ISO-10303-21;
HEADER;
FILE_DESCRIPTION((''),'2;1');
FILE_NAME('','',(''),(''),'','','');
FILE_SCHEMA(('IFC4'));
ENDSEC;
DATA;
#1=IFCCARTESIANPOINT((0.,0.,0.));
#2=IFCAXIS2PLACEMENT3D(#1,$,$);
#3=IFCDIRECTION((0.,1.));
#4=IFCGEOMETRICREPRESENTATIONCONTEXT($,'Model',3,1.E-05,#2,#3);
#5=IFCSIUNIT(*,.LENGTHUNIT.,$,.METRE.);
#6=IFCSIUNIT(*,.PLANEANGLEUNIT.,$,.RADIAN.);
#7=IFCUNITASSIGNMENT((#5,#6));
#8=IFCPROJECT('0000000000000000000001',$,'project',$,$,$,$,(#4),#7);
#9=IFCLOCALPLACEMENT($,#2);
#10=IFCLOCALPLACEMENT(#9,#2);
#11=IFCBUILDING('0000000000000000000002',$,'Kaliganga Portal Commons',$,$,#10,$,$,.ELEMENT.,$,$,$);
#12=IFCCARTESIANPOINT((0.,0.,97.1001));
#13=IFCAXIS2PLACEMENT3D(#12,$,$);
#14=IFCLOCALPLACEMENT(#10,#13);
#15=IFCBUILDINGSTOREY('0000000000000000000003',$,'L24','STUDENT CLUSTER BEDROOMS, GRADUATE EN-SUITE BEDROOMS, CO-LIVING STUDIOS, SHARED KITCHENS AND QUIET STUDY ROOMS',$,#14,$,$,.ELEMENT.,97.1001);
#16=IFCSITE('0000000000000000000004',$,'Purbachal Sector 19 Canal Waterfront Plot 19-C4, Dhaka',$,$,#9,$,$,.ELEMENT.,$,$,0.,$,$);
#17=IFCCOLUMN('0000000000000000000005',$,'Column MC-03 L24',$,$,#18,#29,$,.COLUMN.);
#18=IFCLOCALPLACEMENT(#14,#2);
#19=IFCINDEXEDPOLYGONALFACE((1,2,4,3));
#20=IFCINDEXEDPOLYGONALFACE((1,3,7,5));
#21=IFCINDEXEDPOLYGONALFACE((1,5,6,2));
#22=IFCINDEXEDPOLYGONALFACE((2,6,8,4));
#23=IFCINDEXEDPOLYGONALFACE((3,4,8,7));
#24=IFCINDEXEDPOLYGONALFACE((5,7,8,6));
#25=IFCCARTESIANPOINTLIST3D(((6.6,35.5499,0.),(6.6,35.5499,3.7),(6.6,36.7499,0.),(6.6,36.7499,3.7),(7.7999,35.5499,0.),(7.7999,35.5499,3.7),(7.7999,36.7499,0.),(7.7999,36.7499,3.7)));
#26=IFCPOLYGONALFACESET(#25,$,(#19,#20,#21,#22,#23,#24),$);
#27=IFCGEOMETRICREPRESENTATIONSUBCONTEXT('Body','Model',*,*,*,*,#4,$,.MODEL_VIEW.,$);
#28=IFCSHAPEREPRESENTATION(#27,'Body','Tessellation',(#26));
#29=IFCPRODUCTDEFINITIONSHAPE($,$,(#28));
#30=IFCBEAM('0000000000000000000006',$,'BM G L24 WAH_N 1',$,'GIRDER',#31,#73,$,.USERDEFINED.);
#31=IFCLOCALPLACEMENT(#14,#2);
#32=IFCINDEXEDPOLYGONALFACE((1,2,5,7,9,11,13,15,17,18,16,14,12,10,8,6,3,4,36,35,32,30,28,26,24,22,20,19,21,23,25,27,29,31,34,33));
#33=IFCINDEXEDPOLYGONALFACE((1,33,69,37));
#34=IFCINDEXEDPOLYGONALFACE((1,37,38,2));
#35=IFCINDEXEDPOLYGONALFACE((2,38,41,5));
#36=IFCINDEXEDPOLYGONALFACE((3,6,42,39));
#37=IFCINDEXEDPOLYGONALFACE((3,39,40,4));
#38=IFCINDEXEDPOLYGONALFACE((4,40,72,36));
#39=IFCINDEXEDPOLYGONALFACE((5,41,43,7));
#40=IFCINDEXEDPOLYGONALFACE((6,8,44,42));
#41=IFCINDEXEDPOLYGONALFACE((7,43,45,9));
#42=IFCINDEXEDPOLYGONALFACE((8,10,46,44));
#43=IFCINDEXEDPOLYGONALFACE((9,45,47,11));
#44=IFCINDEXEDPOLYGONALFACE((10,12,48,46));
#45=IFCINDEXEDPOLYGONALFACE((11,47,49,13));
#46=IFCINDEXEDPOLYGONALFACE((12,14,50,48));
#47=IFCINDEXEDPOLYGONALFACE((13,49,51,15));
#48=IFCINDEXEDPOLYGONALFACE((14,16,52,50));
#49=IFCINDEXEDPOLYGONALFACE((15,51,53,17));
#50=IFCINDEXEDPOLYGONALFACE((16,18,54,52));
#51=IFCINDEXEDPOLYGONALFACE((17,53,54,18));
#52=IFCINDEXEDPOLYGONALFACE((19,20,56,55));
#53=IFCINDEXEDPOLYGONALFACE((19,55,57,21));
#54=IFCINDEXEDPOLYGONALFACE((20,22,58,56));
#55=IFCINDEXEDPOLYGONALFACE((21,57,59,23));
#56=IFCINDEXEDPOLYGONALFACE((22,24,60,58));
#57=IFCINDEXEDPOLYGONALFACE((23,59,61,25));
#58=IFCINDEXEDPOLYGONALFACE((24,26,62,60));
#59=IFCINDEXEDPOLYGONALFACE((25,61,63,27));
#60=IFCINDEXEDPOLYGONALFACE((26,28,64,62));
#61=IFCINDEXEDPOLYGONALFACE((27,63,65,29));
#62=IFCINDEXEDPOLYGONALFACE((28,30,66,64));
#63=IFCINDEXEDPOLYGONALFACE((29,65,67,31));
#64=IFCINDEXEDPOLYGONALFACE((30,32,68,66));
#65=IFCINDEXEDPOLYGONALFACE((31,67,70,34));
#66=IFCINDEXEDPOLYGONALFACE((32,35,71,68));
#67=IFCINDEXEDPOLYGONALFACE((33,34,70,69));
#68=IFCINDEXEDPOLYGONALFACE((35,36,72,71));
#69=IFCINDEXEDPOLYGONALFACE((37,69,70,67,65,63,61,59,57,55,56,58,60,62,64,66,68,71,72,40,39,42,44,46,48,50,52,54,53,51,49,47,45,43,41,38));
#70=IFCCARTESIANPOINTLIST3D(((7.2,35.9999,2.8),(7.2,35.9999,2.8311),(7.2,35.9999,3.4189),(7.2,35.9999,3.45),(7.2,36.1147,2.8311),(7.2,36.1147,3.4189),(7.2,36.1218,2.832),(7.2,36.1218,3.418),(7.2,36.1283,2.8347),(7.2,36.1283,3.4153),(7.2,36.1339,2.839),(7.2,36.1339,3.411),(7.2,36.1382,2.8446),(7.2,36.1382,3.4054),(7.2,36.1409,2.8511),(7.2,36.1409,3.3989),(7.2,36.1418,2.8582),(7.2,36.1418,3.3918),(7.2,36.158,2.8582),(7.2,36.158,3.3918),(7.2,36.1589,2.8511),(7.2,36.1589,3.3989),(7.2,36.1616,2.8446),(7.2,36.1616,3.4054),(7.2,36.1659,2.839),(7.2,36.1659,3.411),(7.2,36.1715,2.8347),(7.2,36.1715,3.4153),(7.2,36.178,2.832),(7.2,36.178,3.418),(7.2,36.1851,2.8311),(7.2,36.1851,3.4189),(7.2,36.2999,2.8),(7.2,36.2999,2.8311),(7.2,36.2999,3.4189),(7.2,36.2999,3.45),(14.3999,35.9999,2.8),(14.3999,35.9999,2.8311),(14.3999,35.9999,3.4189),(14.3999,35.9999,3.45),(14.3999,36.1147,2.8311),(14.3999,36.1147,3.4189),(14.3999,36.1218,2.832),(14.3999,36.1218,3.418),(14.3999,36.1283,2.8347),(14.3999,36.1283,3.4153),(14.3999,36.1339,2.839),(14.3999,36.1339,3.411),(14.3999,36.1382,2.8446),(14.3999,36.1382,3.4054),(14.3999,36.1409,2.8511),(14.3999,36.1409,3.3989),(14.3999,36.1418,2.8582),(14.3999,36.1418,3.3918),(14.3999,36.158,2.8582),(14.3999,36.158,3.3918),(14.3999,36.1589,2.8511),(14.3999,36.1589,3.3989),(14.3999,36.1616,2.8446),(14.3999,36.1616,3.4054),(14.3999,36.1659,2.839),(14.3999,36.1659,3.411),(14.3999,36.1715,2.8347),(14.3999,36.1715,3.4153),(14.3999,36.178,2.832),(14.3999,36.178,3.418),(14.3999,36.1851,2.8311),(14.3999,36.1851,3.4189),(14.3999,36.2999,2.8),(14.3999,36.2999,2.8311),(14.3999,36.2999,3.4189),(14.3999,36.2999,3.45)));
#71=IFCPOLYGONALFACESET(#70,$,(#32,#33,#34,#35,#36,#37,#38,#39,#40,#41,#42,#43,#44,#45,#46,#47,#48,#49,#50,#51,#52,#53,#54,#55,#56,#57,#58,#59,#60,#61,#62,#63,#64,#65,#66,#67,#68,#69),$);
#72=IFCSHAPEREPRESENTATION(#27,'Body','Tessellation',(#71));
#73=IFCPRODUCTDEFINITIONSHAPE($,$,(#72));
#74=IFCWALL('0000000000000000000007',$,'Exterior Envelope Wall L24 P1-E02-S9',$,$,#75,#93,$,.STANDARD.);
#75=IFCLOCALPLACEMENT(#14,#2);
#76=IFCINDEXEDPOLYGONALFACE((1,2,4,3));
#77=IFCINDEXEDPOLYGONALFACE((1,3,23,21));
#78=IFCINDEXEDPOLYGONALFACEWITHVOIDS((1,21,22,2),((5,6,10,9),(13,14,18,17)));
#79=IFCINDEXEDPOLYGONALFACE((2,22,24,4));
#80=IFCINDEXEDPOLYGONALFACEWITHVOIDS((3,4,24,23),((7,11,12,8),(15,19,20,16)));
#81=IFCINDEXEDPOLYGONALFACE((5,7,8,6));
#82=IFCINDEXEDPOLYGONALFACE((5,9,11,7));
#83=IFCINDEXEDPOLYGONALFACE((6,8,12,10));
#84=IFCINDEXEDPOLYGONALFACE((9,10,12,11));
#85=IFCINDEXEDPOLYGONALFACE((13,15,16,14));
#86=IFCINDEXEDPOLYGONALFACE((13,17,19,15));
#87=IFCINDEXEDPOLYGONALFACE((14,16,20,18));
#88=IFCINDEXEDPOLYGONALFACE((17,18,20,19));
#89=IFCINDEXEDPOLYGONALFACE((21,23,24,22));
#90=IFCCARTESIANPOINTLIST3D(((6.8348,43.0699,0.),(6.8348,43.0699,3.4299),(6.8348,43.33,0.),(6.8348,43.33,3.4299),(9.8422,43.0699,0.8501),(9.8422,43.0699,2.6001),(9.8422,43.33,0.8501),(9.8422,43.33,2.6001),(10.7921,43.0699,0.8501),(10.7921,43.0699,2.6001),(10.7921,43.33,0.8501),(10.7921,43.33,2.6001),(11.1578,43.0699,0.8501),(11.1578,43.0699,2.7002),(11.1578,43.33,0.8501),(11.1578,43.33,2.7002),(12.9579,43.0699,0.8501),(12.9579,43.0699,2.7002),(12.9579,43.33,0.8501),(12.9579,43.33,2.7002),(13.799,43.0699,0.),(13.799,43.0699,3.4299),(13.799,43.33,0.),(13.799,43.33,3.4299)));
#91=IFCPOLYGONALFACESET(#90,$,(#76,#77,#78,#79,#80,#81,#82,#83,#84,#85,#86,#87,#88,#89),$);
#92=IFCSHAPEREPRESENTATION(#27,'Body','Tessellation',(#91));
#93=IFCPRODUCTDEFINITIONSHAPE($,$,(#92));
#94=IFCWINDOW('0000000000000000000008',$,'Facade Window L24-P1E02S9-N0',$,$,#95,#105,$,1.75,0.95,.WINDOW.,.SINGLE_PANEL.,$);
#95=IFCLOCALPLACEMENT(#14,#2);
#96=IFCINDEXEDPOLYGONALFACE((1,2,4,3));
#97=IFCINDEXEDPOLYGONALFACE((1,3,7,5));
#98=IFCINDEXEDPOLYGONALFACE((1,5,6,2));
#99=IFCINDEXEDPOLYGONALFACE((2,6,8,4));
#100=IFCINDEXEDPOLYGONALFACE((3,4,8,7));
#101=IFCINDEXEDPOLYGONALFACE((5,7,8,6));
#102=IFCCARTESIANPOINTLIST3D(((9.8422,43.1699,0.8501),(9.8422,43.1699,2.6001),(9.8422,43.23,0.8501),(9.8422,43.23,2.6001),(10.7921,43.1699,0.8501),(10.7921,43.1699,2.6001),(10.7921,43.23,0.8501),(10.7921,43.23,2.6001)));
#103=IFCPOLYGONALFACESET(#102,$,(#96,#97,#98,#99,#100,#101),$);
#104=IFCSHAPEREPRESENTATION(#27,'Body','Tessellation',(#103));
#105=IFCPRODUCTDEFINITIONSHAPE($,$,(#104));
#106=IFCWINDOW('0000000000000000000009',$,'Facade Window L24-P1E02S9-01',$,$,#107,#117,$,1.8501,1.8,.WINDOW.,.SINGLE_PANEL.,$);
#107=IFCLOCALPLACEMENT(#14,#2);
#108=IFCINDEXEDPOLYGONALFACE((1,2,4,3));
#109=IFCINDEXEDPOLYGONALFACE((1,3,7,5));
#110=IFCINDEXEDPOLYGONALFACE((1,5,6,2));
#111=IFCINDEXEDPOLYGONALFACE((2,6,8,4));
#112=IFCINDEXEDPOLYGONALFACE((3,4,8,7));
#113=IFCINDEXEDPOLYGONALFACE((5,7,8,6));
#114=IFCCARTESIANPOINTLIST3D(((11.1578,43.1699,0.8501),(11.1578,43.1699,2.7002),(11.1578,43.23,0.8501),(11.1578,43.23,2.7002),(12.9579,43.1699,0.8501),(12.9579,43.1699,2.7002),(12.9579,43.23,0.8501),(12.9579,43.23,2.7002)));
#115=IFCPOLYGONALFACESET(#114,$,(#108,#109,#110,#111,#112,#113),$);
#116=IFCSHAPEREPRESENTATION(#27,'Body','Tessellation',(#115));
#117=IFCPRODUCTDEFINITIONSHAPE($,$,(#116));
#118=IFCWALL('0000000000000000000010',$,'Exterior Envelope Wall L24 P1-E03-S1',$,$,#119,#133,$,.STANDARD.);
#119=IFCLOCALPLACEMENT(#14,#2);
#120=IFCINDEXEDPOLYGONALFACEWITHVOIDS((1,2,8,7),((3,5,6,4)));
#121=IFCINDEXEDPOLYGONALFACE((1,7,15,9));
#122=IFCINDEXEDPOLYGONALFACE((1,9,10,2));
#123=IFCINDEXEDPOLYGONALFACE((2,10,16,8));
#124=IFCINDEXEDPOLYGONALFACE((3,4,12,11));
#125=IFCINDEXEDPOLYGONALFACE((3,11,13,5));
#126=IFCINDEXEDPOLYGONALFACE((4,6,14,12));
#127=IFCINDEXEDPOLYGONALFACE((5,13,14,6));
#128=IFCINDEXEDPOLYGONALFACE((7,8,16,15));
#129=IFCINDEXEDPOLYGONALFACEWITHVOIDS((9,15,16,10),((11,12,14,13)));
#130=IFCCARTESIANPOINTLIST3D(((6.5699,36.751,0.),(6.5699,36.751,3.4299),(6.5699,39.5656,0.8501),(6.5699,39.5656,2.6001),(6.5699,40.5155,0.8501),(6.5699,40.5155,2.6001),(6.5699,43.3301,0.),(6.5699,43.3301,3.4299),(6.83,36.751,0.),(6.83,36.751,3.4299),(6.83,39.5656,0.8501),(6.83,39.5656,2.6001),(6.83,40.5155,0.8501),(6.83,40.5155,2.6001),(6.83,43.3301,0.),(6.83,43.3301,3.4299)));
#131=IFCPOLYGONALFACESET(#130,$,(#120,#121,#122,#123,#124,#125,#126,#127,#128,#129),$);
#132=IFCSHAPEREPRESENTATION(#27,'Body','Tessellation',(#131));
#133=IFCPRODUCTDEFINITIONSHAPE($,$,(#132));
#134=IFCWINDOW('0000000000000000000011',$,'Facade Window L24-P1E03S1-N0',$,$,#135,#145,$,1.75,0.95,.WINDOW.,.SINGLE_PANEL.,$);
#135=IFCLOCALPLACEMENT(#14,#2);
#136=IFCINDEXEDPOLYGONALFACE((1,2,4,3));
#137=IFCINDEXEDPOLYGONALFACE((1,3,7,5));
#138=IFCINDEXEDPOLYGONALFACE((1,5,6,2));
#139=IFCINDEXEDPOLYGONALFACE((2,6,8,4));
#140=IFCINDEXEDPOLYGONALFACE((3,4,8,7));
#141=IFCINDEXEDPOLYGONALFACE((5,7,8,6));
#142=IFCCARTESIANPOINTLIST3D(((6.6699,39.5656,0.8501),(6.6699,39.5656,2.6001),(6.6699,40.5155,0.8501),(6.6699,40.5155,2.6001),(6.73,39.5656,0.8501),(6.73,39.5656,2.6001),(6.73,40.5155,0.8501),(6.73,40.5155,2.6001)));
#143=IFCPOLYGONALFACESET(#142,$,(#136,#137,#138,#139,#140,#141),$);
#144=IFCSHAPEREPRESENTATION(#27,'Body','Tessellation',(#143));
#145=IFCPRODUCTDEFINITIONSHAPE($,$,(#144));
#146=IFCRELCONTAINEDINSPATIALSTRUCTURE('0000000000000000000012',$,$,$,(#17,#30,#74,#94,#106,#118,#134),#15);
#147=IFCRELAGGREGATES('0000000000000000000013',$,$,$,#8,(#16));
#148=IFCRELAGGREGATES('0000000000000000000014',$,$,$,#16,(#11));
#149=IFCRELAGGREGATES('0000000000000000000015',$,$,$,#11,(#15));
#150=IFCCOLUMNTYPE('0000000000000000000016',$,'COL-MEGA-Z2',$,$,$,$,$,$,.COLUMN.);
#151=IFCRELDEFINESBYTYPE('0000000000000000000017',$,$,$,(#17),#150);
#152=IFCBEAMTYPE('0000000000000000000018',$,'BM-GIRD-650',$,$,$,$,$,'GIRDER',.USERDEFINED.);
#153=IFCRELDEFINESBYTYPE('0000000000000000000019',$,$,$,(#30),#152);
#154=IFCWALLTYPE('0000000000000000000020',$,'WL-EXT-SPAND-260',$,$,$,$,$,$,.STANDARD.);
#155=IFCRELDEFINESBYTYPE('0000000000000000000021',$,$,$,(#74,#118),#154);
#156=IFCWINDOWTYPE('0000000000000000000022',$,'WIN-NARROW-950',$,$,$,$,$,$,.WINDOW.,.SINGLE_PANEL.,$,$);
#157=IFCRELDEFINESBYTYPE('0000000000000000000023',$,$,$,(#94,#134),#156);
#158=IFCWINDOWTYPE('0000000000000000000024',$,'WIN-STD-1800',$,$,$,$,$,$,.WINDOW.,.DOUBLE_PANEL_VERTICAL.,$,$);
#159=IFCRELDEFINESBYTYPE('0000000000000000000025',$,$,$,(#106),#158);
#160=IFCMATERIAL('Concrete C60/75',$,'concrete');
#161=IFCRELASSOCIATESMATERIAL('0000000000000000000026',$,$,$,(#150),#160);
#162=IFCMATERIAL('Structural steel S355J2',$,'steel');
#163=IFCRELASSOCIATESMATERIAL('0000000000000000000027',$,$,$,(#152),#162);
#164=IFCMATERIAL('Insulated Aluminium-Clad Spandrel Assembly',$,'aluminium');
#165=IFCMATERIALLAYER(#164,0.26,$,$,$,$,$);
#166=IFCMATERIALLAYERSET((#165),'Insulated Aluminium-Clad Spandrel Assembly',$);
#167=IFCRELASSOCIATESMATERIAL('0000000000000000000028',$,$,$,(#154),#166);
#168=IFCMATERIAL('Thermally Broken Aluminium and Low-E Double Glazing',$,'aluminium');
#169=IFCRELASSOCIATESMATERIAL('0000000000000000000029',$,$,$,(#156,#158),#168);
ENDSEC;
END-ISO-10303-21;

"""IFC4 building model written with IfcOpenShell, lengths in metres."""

from ifc_helpers import new_model, si_unit, direction, frame, frame_2d, origin, origin_2d, place, context, subcontext, project, spatial, rectangle, i_section, extrude, source, transform, mapped, material, layer, layer_set, material_profile, profile_set, type_object, element, fill, save


model = new_model("IFC4")

# Units and contexts
model_context = context("Model", 3, precision=1e-05, world=origin(), true_north=direction((0.0, 1.0)))
body_context = subcontext(model_context, "Body", "Model", "MODEL_VIEW")
ifc_project = project(units=[si_unit("LENGTHUNIT", "METRE"), si_unit("PLANEANGLEUNIT", "RADIAN")], contexts=[model_context])

# Site, building, storey
site_placement = place(None, origin())
site = spatial("IfcSite", under=ifc_project, at=site_placement, Name="Purbachal Sector 19 Canal Waterfront Plot 19-C4, Dhaka", CompositionType="ELEMENT", RefElevation=0.0)
building_placement = place(site_placement, origin())
building = spatial("IfcBuilding", under=site, at=building_placement, Name="Kaliganga Portal Commons", CompositionType="ELEMENT")
storey_placement = place(building_placement, frame((0.0, 0.0, 97.1001)))
storey = spatial("IfcBuildingStorey", under=building, at=storey_placement, Name="L24", Description="STUDENT CLUSTER BEDROOMS, GRADUATE EN-SUITE BEDROOMS, CO-LIVING STUDIOS, SHARED KITCHENS AND QUIET STUDY ROOMS", CompositionType="ELEMENT", Elevation=97.1001)

# Column
ifc_material_1 = material(Name="Concrete C60/75", Category="concrete")
ifc_material_profile_1 = material_profile(ifc_material_1, rectangle(XDim=1.2, YDim=1.2, at=origin_2d()), Name="RC 1200x1200")
ifc_profile_set_1 = profile_set([ifc_material_profile_1], Name="Concrete C60/75")
column_type = type_object("IfcColumnType", Name="COL-MEGA-Z2", PredefinedType="COLUMN", material=ifc_profile_set_1)
shared_shape_1 = source(origin(), body_context, "Body", "SweptSolid", [
    extrude(rectangle(XDim=1.2, YDim=1.2, at=origin_2d()), origin(), (0.0, 0.0, 1.0), 3.7),
])
column_placement = place(storey_placement, frame((7.2, 36.1499, 0.0), z_axis=(0.0, 0.0, 1.0), x_axis=(1.0, 0.0, 0.0)))
element("IfcColumn", 1, at=column_placement, inside=storey, type_object=column_type, Name="Column MC-03 L24", PredefinedType="COLUMN", context=body_context, shape_type="MappedRepresentation", body=[
    mapped(shared_shape_1, transform((0.0, 0.0, 0.0), x_axis=(1.0, 0.0, 0.0), y_axis=(0.0, 1.0, 0.0), z_axis=(0.0, 0.0, 1.0), scale=1.0)),
])

# Beam
ifc_material_2 = material(Name="Structural steel S355J2", Category="steel")
ifc_material_profile_2 = material_profile(ifc_material_2, i_section(OverallWidth=0.3, OverallDepth=0.6499, WebThickness=0.0161, FlangeThickness=0.031, FilletRadius=0.0271, at=origin_2d()), Name="HE 650 B")
ifc_profile_set_2 = profile_set([ifc_material_profile_2], Name="Structural steel S355J2 wide-flange")
beam_type = type_object("IfcBeamType", Name="BM-GIRD-650", ElementType="GIRDER", PredefinedType="USERDEFINED", material=ifc_profile_set_2)
shared_shape_2 = source(origin(), body_context, "Body", "SweptSolid", [
    extrude(i_section(OverallWidth=0.3, OverallDepth=0.6499, WebThickness=0.0161, FlangeThickness=0.031, FilletRadius=0.0271, at=origin_2d()), origin(), (0.0, 0.0, 1.0), 7.2),
])
beam_placement = place(storey_placement, frame((7.2, 36.1499, 3.125), z_axis=(1.0, 0.0, 0.0), x_axis=(0.0, 1.0, 0.0)))
element("IfcBeam", 2, at=beam_placement, inside=storey, type_object=beam_type, Name="BM G L24 WAH_N 1", ObjectType="GIRDER", PredefinedType="USERDEFINED", context=body_context, shape_type="MappedRepresentation", body=[
    mapped(shared_shape_2, transform((0.0, 0.0, 0.0), x_axis=(1.0, 0.0, 0.0), y_axis=(0.0, 1.0, 0.0), z_axis=(0.0, 0.0, 1.0), scale=1.0)),
])

# Wall, openings, windows
ifc_material_3 = material(Name="Insulated Aluminium-Clad Spandrel Assembly", Category="aluminium")
ifc_layer_1 = layer(ifc_material_3, 0.26)
ifc_layer_set_1 = layer_set([ifc_layer_1], Name="Insulated Aluminium-Clad Spandrel Assembly")
wall_type_1 = type_object("IfcWallType", Name="WL-EXT-SPAND-260", PredefinedType="STANDARD", material=ifc_layer_set_1)
wall_1_placement = place(storey_placement, frame((6.835, 43.2, 0.0), z_axis=(0.0, 0.0, 1.0), x_axis=(1.0, 0.0, 0.0)))
wall_1 = element("IfcWall", 3, at=wall_1_placement, inside=storey, type_object=wall_type_1, Name="Exterior Envelope Wall L24 P1-E02-S9", PredefinedType="STANDARD", context=body_context, shape_type="SweptSolid", body=[
    extrude(rectangle(XDim=6.9641, YDim=0.26, at=frame_2d((3.4819, 0.0))), origin(), (0.0, 0.0, 1.0), 3.4299),
])
opening_1_placement = place(wall_1_placement, frame((4.323, 0.0, 0.8501)))
opening_1 = element("IfcOpeningElement", 4, at=opening_1_placement, cuts=wall_1, PredefinedType="OPENING", context=body_context, shape_type="SweptSolid", body=[
    extrude(rectangle(XDim=1.8, YDim=1.8501, at=frame_2d((0.8999, 0.925))), frame((0.0, 0.1401, 0.0), z_axis=(0.0, -1.0, 0.0), x_axis=(1.0, 0.0, 0.0)), (0.0, 0.0, 1.0), 0.28),
])
opening_2_placement = place(wall_1_placement, frame((3.0071, 0.0, 0.8501)))
opening_2 = element("IfcOpeningElement", 5, at=opening_2_placement, cuts=wall_1, PredefinedType="OPENING", context=body_context, shape_type="SweptSolid", body=[
    extrude(rectangle(XDim=0.95, YDim=1.75, at=frame_2d((0.4751, 0.875))), frame((0.0, 0.1401, 0.0), z_axis=(0.0, -1.0, 0.0), x_axis=(1.0, 0.0, 0.0)), (0.0, 0.0, 1.0), 0.28),
])
ifc_material_4 = material(Name="Thermally Broken Aluminium and Low-E Double Glazing", Category="aluminium")
window_type_1 = type_object("IfcWindowType", Name="WIN-NARROW-950", PartitioningType="SINGLE_PANEL", PredefinedType="WINDOW", material=ifc_material_4)
window_1_placement = place(opening_2_placement, origin())
window_1 = element("IfcWindow", 6, at=window_1_placement, inside=storey, type_object=window_type_1, Name="Facade Window L24-P1E02S9-N0", OverallHeight=1.75, OverallWidth=0.95, PartitioningType="SINGLE_PANEL", PredefinedType="WINDOW", context=body_context, shape_type="SweptSolid", body=[
    extrude(rectangle(XDim=0.95, YDim=1.75, at=frame_2d((0.4751, 0.875))), frame((0.0, 0.03, 0.0), z_axis=(0.0, -1.0, 0.0), x_axis=(1.0, 0.0, 0.0)), (0.0, 0.0, 1.0), 0.0601),
])
fill(opening_2, window_1)
window_type_2 = type_object("IfcWindowType", Name="WIN-STD-1800", PartitioningType="DOUBLE_PANEL_VERTICAL", PredefinedType="WINDOW", material=ifc_material_4)
window_2_placement = place(opening_1_placement, origin())
window_2 = element("IfcWindow", 7, at=window_2_placement, inside=storey, type_object=window_type_2, Name="Facade Window L24-P1E02S9-01", OverallHeight=1.8501, OverallWidth=1.8, PartitioningType="SINGLE_PANEL", PredefinedType="WINDOW", context=body_context, shape_type="SweptSolid", body=[
    extrude(rectangle(XDim=1.8, YDim=1.8501, at=frame_2d((0.8999, 0.925))), frame((0.0, 0.03, 0.0), z_axis=(0.0, -1.0, 0.0), x_axis=(1.0, 0.0, 0.0)), (0.0, 0.0, 1.0), 0.0601),
])
fill(opening_1, window_2)

# Wall, opening, window
wall_2_placement = place(storey_placement, frame((6.7, 36.751, 0.0), z_axis=(0.0, 0.0, 1.0), x_axis=(0.0, 1.0, 0.0)))
wall_2 = element("IfcWall", 8, at=wall_2_placement, inside=storey, type_object=wall_type_1, Name="Exterior Envelope Wall L24 P1-E03-S1", PredefinedType="STANDARD", context=body_context, shape_type="SweptSolid", body=[
    extrude(rectangle(XDim=6.5791, YDim=0.26, at=frame_2d((3.2896, 0.0))), origin(), (0.0, 0.0, 1.0), 3.4299),
])
opening_3_placement = place(wall_2_placement, frame((2.8145, 0.0, 0.8501)))
opening_3 = element("IfcOpeningElement", 9, at=opening_3_placement, cuts=wall_2, PredefinedType="OPENING", context=body_context, shape_type="SweptSolid", body=[
    extrude(rectangle(XDim=0.95, YDim=1.75, at=frame_2d((0.4751, 0.875))), frame((0.0, 0.1401, 0.0), z_axis=(0.0, -1.0, 0.0), x_axis=(1.0, 0.0, 0.0)), (0.0, 0.0, 1.0), 0.28),
])
window_3_placement = place(opening_3_placement, origin())
window_3 = element("IfcWindow", 10, at=window_3_placement, inside=storey, type_object=window_type_1, Name="Facade Window L24-P1E03S1-N0", OverallHeight=1.75, OverallWidth=0.95, PartitioningType="SINGLE_PANEL", PredefinedType="WINDOW", context=body_context, shape_type="SweptSolid", body=[
    extrude(rectangle(XDim=0.95, YDim=1.75, at=frame_2d((0.4751, 0.875))), frame((0.0, 0.03, 0.0), z_axis=(0.0, -1.0, 0.0), x_axis=(1.0, 0.0, 0.0)), (0.0, 0.0, 1.0), 0.0601),
])
fill(opening_3, window_3)

save(model, "model.ifc")
